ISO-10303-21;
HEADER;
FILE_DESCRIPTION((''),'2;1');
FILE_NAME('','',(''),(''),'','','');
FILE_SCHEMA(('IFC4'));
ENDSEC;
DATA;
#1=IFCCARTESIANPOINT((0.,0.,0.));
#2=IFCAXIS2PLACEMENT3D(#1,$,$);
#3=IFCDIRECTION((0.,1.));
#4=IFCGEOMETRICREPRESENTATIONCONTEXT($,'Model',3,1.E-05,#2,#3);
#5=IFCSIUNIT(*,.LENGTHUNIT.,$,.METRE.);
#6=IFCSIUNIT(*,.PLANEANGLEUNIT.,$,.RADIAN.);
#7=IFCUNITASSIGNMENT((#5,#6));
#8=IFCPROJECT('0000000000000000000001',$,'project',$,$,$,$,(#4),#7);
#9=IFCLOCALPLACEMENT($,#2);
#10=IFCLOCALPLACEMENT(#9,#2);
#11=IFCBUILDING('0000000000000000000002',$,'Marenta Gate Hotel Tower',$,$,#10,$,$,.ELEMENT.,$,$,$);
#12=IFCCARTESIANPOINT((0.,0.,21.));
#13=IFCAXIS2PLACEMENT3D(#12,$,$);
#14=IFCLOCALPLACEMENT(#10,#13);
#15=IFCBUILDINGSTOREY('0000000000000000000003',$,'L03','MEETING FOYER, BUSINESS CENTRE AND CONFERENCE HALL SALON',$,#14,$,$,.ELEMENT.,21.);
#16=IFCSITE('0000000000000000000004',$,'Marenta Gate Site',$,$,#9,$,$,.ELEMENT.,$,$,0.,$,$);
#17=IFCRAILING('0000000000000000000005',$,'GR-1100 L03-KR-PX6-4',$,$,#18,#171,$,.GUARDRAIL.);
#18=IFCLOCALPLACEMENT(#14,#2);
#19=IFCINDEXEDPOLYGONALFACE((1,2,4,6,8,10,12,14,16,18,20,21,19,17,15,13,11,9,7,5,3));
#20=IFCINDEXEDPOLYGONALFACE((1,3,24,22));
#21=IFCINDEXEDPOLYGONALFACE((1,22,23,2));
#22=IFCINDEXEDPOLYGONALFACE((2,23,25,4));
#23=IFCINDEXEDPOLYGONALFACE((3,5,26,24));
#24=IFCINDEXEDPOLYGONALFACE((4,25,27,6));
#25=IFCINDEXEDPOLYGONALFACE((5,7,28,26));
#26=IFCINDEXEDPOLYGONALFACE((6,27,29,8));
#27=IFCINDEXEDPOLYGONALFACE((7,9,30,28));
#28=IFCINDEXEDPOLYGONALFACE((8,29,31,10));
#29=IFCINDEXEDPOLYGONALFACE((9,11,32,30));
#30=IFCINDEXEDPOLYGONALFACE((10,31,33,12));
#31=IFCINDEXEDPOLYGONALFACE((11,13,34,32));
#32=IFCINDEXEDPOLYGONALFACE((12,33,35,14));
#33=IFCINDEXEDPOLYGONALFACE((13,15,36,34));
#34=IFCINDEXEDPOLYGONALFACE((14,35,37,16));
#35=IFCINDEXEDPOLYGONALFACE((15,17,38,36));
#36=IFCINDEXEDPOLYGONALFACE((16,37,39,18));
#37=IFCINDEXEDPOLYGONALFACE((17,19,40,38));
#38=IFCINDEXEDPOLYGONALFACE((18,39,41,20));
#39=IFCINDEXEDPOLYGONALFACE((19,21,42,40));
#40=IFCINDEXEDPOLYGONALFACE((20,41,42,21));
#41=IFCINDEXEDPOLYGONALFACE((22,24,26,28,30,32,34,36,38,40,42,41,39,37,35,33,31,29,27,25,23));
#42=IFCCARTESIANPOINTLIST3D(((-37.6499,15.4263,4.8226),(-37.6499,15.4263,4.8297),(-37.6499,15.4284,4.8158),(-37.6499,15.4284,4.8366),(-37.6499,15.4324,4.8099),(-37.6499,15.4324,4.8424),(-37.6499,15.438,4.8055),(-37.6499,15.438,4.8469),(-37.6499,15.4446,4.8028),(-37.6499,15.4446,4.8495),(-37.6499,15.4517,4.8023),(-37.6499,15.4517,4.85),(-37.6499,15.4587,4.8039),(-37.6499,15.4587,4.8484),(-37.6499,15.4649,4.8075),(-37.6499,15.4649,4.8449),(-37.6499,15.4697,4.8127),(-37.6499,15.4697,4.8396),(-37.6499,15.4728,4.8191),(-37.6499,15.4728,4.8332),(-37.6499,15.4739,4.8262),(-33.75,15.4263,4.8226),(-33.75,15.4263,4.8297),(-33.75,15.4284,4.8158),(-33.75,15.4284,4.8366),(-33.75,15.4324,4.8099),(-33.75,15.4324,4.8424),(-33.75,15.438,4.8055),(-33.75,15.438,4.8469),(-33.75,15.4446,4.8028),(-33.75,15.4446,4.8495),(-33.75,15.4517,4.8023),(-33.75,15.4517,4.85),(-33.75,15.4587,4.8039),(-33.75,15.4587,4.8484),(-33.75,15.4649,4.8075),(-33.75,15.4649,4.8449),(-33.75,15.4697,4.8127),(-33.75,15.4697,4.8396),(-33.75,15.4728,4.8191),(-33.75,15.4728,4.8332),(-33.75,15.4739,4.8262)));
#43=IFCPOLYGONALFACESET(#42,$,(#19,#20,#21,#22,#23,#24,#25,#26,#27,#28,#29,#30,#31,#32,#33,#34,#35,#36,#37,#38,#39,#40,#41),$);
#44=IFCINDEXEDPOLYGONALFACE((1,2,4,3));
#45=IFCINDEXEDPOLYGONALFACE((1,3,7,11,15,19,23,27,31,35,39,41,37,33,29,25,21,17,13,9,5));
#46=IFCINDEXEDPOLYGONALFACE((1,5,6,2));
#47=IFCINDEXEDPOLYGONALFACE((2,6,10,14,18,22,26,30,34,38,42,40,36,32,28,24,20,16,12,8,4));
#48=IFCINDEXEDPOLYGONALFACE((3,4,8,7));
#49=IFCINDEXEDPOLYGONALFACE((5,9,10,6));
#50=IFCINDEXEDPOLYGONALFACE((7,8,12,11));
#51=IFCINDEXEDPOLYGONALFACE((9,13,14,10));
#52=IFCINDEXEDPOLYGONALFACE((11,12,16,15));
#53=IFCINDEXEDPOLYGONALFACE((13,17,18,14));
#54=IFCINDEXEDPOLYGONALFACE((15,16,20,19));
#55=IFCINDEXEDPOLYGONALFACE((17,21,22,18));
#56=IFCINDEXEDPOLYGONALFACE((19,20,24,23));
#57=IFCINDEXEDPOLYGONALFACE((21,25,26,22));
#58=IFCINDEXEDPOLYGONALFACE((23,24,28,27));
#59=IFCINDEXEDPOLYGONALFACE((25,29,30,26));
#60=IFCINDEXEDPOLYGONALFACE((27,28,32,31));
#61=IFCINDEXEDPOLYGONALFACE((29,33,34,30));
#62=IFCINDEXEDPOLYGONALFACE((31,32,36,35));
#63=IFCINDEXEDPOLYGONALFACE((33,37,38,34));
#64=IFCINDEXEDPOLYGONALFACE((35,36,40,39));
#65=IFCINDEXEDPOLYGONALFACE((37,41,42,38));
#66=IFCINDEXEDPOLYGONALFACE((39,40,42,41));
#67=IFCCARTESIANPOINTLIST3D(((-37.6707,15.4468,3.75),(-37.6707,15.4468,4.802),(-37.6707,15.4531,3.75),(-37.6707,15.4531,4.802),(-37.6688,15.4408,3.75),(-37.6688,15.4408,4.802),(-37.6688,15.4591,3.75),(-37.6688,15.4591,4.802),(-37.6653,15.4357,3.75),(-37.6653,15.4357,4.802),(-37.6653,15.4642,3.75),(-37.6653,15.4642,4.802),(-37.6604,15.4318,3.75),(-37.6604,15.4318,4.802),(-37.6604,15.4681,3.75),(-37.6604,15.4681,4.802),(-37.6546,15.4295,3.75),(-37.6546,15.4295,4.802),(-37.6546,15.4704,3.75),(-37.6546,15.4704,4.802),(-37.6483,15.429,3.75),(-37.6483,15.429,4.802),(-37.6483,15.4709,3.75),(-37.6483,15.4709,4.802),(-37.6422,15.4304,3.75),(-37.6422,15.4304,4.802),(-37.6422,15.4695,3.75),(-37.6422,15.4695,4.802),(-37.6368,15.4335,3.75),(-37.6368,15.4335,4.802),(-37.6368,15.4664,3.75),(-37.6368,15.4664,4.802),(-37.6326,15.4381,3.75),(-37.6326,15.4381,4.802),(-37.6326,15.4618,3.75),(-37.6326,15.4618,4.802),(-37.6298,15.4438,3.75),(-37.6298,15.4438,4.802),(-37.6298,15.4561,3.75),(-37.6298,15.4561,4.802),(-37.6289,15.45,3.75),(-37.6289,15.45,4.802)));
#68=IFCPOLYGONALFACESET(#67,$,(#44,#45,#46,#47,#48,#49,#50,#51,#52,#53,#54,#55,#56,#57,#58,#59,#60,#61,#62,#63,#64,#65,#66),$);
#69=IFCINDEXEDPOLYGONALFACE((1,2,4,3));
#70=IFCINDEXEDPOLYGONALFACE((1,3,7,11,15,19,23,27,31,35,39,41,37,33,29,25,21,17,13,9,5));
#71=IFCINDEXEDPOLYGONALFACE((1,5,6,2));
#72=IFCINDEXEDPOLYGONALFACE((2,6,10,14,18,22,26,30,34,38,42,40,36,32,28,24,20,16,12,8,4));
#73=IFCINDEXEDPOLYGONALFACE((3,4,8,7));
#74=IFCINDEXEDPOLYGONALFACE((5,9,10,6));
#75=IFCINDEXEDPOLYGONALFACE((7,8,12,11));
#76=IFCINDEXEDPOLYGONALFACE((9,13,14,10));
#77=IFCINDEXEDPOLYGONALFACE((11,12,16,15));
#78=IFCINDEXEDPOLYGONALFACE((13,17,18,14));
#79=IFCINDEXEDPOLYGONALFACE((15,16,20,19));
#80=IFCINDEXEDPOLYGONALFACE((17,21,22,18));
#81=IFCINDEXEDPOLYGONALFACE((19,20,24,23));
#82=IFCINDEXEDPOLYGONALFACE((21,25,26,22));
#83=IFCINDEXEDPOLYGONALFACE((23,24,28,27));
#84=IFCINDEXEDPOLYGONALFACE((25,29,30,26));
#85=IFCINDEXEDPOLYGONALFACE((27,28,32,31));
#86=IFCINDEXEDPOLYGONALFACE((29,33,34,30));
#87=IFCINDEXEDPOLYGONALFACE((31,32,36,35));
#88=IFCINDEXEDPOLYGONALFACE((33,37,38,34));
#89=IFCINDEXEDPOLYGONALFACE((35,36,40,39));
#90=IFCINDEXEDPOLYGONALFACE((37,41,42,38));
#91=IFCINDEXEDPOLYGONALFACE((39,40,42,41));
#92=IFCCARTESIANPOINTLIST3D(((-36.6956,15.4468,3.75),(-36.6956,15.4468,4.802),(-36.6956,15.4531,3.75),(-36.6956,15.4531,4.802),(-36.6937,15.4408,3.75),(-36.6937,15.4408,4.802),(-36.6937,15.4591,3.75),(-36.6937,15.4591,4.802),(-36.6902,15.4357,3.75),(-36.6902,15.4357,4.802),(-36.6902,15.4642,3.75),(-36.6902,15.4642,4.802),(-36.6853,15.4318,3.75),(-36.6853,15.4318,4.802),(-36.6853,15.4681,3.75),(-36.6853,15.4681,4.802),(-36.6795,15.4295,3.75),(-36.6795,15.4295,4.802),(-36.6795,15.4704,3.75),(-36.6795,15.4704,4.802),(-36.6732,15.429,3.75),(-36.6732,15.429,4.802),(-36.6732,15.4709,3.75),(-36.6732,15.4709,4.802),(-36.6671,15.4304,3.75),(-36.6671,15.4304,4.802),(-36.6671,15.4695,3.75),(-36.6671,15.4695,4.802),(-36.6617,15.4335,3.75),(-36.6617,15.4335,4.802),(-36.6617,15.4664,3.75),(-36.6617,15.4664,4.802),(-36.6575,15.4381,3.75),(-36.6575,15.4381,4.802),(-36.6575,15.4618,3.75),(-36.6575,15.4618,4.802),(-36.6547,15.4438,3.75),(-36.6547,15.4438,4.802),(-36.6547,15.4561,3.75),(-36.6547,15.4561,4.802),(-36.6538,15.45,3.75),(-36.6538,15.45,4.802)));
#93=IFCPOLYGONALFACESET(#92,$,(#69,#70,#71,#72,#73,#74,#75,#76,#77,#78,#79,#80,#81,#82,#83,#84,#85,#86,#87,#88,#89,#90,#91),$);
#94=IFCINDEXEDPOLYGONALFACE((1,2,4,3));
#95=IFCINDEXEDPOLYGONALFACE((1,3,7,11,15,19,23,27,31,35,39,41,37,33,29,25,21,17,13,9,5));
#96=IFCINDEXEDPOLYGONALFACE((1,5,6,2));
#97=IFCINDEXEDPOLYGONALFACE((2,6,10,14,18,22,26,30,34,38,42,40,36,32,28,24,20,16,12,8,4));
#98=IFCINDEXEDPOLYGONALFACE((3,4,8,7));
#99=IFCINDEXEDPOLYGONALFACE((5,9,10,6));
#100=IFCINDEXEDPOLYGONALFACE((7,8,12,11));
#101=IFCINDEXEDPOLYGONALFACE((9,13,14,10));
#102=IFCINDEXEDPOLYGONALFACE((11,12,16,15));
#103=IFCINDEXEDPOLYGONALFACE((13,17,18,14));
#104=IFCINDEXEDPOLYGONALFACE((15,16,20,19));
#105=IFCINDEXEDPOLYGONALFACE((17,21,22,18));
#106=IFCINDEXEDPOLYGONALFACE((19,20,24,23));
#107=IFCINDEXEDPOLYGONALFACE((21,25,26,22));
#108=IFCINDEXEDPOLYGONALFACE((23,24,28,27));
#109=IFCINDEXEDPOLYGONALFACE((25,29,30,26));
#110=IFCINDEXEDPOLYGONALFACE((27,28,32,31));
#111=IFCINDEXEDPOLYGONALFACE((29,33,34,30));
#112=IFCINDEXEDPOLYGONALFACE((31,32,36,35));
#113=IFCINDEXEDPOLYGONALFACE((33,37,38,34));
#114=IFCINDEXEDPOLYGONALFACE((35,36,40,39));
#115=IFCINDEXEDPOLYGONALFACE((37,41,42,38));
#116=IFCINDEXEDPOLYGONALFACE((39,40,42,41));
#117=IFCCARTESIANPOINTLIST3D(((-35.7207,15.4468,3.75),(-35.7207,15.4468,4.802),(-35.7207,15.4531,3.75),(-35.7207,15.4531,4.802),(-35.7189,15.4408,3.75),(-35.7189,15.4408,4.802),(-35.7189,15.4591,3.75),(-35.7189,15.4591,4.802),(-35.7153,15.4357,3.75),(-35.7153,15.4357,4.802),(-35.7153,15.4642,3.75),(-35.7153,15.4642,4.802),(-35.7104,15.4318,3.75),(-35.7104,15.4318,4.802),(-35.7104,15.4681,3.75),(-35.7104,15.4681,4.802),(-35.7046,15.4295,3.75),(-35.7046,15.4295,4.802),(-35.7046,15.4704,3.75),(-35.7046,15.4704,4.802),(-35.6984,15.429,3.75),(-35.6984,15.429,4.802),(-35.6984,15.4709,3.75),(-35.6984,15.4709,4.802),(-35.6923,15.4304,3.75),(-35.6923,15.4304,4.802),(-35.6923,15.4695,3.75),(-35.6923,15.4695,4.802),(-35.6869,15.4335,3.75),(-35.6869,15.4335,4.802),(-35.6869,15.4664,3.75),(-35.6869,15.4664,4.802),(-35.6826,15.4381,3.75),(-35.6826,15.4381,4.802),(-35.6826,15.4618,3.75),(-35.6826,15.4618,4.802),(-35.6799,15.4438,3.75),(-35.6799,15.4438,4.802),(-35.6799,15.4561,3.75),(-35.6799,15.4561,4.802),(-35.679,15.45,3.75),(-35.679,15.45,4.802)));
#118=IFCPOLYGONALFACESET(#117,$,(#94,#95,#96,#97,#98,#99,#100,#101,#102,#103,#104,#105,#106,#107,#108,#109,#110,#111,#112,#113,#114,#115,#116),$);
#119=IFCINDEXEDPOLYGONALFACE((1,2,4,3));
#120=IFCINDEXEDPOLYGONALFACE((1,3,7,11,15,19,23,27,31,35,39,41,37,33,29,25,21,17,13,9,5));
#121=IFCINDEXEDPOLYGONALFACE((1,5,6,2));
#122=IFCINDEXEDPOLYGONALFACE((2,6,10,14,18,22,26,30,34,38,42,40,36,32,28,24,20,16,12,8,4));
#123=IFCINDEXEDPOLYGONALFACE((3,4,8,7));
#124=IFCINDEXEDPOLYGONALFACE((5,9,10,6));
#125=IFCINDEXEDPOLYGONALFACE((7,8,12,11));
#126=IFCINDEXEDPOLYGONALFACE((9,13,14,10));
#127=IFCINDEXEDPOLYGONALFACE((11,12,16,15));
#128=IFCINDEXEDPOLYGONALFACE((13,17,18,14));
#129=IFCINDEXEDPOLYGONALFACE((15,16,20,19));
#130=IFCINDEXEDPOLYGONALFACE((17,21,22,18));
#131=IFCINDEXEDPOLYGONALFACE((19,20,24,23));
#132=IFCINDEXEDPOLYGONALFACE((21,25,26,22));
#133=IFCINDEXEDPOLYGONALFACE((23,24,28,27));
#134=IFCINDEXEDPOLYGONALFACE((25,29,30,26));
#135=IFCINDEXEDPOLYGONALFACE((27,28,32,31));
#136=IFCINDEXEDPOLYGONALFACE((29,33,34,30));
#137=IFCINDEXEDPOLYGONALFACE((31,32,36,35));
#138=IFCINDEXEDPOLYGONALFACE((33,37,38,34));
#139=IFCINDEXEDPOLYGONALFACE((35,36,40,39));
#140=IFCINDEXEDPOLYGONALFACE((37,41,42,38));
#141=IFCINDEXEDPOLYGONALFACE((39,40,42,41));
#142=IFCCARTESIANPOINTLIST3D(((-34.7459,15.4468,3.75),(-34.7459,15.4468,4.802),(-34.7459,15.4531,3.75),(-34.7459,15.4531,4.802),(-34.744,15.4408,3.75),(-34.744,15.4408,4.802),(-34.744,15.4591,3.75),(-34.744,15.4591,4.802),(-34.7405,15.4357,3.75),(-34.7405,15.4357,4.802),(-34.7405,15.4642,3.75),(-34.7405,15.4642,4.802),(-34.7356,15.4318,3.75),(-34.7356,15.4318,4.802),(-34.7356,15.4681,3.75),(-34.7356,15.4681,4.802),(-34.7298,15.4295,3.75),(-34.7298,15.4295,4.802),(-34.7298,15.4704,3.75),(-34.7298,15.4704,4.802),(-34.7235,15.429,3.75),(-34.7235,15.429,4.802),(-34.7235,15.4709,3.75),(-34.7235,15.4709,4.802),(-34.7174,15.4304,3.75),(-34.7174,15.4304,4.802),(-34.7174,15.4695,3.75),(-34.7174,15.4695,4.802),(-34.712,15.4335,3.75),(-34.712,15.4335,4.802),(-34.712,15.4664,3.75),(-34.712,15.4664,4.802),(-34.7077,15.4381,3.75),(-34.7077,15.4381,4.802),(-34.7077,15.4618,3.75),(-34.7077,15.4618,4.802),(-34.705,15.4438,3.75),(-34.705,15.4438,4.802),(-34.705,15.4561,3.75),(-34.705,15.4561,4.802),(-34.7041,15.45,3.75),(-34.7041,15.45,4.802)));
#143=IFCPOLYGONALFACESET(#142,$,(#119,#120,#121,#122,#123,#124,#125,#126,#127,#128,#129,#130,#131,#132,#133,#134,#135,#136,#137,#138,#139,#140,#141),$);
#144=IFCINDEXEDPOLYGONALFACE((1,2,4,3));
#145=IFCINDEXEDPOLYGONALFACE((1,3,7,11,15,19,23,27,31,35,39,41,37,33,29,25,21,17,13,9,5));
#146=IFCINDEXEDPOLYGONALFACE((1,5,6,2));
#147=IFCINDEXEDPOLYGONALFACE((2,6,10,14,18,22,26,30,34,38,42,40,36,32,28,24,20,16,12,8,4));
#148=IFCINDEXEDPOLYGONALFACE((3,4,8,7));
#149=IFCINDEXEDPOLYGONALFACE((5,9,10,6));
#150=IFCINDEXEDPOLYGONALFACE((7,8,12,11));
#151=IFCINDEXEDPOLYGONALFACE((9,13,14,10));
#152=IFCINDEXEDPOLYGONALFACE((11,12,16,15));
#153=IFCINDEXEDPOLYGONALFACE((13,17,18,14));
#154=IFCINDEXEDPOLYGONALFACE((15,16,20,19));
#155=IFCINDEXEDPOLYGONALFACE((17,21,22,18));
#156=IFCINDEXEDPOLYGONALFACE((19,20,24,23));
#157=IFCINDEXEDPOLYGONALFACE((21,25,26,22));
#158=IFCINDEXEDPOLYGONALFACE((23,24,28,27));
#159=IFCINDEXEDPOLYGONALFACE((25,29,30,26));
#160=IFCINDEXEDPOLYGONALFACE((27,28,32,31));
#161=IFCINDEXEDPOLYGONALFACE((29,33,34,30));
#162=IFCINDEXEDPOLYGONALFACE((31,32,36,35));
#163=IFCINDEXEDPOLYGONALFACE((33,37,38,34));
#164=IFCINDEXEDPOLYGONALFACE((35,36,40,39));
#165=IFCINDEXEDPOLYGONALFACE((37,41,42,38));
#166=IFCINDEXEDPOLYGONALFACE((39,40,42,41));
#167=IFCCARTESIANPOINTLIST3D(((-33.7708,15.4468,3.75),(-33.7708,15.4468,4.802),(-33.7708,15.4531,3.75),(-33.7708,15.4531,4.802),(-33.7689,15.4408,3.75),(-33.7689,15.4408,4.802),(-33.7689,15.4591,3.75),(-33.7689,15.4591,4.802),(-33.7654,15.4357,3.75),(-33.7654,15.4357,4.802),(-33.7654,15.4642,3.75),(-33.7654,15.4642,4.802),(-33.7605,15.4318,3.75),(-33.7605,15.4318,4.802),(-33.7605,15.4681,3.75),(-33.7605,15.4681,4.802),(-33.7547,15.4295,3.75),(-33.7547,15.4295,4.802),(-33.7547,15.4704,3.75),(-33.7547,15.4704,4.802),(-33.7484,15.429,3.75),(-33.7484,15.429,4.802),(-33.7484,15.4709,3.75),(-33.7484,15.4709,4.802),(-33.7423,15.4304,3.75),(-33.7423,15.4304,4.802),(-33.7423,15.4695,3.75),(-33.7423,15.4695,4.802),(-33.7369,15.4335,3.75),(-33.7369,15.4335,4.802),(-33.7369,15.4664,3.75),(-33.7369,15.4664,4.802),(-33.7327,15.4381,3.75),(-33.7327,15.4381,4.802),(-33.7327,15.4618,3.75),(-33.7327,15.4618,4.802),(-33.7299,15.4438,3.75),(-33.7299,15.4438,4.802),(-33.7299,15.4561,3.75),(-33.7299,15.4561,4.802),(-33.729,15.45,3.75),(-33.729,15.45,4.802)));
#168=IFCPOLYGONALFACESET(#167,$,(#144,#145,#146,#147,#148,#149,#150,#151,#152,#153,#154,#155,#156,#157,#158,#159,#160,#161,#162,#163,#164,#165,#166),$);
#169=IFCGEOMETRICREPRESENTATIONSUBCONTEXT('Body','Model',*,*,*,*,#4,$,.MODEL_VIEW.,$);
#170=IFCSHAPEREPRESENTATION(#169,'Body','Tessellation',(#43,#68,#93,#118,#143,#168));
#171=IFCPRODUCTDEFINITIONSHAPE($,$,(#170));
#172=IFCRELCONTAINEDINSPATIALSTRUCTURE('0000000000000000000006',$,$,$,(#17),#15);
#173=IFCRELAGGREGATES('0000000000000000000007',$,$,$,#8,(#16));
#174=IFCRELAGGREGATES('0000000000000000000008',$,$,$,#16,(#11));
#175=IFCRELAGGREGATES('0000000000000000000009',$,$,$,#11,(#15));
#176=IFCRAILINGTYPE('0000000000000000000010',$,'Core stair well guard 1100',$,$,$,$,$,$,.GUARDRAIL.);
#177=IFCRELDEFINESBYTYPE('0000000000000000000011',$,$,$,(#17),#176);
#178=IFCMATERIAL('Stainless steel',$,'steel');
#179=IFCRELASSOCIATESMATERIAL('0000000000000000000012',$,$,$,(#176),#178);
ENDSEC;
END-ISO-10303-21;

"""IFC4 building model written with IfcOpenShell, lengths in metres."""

from ifc_helpers import new_model, si_unit, direction, frame, origin, origin_2d, place, context, subcontext, project, spatial, circle, extrude, material, type_object, element, save


model = new_model("IFC4")

# Units and contexts
model_context = context("Model", 3, precision=1e-05, world=origin(), true_north=direction((0.0, 1.0)))
body_context = subcontext(model_context, "Body", "Model", "MODEL_VIEW")
ifc_project = project(units=[si_unit("LENGTHUNIT", "METRE"), si_unit("PLANEANGLEUNIT", "RADIAN")], contexts=[model_context])

# Site, building, storey
site_placement = place(None, origin())
site = spatial("IfcSite", under=ifc_project, at=site_placement, Name="Marenta Gate Site", CompositionType="ELEMENT", RefElevation=0.0)
building_placement = place(site_placement, origin())
building = spatial("IfcBuilding", under=site, at=building_placement, Name="Marenta Gate Hotel Tower", CompositionType="ELEMENT")
storey_placement = place(building_placement, frame((0.0, 0.0, 21.0)))
storey = spatial("IfcBuildingStorey", under=building, at=storey_placement, Name="L03", Description="MEETING FOYER, BUSINESS CENTRE AND CONFERENCE HALL SALON", CompositionType="ELEMENT", Elevation=21.0)

# Railing
ifc_material_1 = material(Name="Stainless steel", Category="steel")
railing_type_1 = type_object("IfcRailingType", Name="Core stair well guard 1100", PredefinedType="GUARDRAIL", material=ifc_material_1)
for number, where, name in (
    (1, (-37.6499, 15.45, 3.75), "GR-1100 L03-KR-PX6-4"),
):
    element("IfcRailing", number, at=place(storey_placement, frame(where)), inside=storey, type_object=railing_type_1, Name=name, PredefinedType="GUARDRAIL", context=body_context, shape_type="SweptSolid", body=[
        extrude(circle(Radius=0.0239, at=origin_2d()), frame((0.0, 0.0, 1.0762), z_axis=(1.0, 0.0, 0.0), x_axis=(0.0, 1.0, 0.0)), (0.0, 0.0, 1.0), 3.8999),
        extrude(circle(Radius=0.021, at=origin_2d()), origin(), (0.0, 0.0, 1.0), 1.052),
        extrude(circle(Radius=0.021, at=origin_2d()), frame((0.9751, 0.0, 0.0)), (0.0, 0.0, 1.0), 1.052),
        extrude(circle(Radius=0.021, at=origin_2d()), frame((1.95, 0.0, 0.0)), (0.0, 0.0, 1.0), 1.052),
        extrude(circle(Radius=0.021, at=origin_2d()), frame((2.9248, 0.0, 0.0)), (0.0, 0.0, 1.0), 1.052),
        extrude(circle(Radius=0.021, at=origin_2d()), frame((3.8999, 0.0, 0.0)), (0.0, 0.0, 1.0), 1.052),
    ])

save(model, "model.ifc")
